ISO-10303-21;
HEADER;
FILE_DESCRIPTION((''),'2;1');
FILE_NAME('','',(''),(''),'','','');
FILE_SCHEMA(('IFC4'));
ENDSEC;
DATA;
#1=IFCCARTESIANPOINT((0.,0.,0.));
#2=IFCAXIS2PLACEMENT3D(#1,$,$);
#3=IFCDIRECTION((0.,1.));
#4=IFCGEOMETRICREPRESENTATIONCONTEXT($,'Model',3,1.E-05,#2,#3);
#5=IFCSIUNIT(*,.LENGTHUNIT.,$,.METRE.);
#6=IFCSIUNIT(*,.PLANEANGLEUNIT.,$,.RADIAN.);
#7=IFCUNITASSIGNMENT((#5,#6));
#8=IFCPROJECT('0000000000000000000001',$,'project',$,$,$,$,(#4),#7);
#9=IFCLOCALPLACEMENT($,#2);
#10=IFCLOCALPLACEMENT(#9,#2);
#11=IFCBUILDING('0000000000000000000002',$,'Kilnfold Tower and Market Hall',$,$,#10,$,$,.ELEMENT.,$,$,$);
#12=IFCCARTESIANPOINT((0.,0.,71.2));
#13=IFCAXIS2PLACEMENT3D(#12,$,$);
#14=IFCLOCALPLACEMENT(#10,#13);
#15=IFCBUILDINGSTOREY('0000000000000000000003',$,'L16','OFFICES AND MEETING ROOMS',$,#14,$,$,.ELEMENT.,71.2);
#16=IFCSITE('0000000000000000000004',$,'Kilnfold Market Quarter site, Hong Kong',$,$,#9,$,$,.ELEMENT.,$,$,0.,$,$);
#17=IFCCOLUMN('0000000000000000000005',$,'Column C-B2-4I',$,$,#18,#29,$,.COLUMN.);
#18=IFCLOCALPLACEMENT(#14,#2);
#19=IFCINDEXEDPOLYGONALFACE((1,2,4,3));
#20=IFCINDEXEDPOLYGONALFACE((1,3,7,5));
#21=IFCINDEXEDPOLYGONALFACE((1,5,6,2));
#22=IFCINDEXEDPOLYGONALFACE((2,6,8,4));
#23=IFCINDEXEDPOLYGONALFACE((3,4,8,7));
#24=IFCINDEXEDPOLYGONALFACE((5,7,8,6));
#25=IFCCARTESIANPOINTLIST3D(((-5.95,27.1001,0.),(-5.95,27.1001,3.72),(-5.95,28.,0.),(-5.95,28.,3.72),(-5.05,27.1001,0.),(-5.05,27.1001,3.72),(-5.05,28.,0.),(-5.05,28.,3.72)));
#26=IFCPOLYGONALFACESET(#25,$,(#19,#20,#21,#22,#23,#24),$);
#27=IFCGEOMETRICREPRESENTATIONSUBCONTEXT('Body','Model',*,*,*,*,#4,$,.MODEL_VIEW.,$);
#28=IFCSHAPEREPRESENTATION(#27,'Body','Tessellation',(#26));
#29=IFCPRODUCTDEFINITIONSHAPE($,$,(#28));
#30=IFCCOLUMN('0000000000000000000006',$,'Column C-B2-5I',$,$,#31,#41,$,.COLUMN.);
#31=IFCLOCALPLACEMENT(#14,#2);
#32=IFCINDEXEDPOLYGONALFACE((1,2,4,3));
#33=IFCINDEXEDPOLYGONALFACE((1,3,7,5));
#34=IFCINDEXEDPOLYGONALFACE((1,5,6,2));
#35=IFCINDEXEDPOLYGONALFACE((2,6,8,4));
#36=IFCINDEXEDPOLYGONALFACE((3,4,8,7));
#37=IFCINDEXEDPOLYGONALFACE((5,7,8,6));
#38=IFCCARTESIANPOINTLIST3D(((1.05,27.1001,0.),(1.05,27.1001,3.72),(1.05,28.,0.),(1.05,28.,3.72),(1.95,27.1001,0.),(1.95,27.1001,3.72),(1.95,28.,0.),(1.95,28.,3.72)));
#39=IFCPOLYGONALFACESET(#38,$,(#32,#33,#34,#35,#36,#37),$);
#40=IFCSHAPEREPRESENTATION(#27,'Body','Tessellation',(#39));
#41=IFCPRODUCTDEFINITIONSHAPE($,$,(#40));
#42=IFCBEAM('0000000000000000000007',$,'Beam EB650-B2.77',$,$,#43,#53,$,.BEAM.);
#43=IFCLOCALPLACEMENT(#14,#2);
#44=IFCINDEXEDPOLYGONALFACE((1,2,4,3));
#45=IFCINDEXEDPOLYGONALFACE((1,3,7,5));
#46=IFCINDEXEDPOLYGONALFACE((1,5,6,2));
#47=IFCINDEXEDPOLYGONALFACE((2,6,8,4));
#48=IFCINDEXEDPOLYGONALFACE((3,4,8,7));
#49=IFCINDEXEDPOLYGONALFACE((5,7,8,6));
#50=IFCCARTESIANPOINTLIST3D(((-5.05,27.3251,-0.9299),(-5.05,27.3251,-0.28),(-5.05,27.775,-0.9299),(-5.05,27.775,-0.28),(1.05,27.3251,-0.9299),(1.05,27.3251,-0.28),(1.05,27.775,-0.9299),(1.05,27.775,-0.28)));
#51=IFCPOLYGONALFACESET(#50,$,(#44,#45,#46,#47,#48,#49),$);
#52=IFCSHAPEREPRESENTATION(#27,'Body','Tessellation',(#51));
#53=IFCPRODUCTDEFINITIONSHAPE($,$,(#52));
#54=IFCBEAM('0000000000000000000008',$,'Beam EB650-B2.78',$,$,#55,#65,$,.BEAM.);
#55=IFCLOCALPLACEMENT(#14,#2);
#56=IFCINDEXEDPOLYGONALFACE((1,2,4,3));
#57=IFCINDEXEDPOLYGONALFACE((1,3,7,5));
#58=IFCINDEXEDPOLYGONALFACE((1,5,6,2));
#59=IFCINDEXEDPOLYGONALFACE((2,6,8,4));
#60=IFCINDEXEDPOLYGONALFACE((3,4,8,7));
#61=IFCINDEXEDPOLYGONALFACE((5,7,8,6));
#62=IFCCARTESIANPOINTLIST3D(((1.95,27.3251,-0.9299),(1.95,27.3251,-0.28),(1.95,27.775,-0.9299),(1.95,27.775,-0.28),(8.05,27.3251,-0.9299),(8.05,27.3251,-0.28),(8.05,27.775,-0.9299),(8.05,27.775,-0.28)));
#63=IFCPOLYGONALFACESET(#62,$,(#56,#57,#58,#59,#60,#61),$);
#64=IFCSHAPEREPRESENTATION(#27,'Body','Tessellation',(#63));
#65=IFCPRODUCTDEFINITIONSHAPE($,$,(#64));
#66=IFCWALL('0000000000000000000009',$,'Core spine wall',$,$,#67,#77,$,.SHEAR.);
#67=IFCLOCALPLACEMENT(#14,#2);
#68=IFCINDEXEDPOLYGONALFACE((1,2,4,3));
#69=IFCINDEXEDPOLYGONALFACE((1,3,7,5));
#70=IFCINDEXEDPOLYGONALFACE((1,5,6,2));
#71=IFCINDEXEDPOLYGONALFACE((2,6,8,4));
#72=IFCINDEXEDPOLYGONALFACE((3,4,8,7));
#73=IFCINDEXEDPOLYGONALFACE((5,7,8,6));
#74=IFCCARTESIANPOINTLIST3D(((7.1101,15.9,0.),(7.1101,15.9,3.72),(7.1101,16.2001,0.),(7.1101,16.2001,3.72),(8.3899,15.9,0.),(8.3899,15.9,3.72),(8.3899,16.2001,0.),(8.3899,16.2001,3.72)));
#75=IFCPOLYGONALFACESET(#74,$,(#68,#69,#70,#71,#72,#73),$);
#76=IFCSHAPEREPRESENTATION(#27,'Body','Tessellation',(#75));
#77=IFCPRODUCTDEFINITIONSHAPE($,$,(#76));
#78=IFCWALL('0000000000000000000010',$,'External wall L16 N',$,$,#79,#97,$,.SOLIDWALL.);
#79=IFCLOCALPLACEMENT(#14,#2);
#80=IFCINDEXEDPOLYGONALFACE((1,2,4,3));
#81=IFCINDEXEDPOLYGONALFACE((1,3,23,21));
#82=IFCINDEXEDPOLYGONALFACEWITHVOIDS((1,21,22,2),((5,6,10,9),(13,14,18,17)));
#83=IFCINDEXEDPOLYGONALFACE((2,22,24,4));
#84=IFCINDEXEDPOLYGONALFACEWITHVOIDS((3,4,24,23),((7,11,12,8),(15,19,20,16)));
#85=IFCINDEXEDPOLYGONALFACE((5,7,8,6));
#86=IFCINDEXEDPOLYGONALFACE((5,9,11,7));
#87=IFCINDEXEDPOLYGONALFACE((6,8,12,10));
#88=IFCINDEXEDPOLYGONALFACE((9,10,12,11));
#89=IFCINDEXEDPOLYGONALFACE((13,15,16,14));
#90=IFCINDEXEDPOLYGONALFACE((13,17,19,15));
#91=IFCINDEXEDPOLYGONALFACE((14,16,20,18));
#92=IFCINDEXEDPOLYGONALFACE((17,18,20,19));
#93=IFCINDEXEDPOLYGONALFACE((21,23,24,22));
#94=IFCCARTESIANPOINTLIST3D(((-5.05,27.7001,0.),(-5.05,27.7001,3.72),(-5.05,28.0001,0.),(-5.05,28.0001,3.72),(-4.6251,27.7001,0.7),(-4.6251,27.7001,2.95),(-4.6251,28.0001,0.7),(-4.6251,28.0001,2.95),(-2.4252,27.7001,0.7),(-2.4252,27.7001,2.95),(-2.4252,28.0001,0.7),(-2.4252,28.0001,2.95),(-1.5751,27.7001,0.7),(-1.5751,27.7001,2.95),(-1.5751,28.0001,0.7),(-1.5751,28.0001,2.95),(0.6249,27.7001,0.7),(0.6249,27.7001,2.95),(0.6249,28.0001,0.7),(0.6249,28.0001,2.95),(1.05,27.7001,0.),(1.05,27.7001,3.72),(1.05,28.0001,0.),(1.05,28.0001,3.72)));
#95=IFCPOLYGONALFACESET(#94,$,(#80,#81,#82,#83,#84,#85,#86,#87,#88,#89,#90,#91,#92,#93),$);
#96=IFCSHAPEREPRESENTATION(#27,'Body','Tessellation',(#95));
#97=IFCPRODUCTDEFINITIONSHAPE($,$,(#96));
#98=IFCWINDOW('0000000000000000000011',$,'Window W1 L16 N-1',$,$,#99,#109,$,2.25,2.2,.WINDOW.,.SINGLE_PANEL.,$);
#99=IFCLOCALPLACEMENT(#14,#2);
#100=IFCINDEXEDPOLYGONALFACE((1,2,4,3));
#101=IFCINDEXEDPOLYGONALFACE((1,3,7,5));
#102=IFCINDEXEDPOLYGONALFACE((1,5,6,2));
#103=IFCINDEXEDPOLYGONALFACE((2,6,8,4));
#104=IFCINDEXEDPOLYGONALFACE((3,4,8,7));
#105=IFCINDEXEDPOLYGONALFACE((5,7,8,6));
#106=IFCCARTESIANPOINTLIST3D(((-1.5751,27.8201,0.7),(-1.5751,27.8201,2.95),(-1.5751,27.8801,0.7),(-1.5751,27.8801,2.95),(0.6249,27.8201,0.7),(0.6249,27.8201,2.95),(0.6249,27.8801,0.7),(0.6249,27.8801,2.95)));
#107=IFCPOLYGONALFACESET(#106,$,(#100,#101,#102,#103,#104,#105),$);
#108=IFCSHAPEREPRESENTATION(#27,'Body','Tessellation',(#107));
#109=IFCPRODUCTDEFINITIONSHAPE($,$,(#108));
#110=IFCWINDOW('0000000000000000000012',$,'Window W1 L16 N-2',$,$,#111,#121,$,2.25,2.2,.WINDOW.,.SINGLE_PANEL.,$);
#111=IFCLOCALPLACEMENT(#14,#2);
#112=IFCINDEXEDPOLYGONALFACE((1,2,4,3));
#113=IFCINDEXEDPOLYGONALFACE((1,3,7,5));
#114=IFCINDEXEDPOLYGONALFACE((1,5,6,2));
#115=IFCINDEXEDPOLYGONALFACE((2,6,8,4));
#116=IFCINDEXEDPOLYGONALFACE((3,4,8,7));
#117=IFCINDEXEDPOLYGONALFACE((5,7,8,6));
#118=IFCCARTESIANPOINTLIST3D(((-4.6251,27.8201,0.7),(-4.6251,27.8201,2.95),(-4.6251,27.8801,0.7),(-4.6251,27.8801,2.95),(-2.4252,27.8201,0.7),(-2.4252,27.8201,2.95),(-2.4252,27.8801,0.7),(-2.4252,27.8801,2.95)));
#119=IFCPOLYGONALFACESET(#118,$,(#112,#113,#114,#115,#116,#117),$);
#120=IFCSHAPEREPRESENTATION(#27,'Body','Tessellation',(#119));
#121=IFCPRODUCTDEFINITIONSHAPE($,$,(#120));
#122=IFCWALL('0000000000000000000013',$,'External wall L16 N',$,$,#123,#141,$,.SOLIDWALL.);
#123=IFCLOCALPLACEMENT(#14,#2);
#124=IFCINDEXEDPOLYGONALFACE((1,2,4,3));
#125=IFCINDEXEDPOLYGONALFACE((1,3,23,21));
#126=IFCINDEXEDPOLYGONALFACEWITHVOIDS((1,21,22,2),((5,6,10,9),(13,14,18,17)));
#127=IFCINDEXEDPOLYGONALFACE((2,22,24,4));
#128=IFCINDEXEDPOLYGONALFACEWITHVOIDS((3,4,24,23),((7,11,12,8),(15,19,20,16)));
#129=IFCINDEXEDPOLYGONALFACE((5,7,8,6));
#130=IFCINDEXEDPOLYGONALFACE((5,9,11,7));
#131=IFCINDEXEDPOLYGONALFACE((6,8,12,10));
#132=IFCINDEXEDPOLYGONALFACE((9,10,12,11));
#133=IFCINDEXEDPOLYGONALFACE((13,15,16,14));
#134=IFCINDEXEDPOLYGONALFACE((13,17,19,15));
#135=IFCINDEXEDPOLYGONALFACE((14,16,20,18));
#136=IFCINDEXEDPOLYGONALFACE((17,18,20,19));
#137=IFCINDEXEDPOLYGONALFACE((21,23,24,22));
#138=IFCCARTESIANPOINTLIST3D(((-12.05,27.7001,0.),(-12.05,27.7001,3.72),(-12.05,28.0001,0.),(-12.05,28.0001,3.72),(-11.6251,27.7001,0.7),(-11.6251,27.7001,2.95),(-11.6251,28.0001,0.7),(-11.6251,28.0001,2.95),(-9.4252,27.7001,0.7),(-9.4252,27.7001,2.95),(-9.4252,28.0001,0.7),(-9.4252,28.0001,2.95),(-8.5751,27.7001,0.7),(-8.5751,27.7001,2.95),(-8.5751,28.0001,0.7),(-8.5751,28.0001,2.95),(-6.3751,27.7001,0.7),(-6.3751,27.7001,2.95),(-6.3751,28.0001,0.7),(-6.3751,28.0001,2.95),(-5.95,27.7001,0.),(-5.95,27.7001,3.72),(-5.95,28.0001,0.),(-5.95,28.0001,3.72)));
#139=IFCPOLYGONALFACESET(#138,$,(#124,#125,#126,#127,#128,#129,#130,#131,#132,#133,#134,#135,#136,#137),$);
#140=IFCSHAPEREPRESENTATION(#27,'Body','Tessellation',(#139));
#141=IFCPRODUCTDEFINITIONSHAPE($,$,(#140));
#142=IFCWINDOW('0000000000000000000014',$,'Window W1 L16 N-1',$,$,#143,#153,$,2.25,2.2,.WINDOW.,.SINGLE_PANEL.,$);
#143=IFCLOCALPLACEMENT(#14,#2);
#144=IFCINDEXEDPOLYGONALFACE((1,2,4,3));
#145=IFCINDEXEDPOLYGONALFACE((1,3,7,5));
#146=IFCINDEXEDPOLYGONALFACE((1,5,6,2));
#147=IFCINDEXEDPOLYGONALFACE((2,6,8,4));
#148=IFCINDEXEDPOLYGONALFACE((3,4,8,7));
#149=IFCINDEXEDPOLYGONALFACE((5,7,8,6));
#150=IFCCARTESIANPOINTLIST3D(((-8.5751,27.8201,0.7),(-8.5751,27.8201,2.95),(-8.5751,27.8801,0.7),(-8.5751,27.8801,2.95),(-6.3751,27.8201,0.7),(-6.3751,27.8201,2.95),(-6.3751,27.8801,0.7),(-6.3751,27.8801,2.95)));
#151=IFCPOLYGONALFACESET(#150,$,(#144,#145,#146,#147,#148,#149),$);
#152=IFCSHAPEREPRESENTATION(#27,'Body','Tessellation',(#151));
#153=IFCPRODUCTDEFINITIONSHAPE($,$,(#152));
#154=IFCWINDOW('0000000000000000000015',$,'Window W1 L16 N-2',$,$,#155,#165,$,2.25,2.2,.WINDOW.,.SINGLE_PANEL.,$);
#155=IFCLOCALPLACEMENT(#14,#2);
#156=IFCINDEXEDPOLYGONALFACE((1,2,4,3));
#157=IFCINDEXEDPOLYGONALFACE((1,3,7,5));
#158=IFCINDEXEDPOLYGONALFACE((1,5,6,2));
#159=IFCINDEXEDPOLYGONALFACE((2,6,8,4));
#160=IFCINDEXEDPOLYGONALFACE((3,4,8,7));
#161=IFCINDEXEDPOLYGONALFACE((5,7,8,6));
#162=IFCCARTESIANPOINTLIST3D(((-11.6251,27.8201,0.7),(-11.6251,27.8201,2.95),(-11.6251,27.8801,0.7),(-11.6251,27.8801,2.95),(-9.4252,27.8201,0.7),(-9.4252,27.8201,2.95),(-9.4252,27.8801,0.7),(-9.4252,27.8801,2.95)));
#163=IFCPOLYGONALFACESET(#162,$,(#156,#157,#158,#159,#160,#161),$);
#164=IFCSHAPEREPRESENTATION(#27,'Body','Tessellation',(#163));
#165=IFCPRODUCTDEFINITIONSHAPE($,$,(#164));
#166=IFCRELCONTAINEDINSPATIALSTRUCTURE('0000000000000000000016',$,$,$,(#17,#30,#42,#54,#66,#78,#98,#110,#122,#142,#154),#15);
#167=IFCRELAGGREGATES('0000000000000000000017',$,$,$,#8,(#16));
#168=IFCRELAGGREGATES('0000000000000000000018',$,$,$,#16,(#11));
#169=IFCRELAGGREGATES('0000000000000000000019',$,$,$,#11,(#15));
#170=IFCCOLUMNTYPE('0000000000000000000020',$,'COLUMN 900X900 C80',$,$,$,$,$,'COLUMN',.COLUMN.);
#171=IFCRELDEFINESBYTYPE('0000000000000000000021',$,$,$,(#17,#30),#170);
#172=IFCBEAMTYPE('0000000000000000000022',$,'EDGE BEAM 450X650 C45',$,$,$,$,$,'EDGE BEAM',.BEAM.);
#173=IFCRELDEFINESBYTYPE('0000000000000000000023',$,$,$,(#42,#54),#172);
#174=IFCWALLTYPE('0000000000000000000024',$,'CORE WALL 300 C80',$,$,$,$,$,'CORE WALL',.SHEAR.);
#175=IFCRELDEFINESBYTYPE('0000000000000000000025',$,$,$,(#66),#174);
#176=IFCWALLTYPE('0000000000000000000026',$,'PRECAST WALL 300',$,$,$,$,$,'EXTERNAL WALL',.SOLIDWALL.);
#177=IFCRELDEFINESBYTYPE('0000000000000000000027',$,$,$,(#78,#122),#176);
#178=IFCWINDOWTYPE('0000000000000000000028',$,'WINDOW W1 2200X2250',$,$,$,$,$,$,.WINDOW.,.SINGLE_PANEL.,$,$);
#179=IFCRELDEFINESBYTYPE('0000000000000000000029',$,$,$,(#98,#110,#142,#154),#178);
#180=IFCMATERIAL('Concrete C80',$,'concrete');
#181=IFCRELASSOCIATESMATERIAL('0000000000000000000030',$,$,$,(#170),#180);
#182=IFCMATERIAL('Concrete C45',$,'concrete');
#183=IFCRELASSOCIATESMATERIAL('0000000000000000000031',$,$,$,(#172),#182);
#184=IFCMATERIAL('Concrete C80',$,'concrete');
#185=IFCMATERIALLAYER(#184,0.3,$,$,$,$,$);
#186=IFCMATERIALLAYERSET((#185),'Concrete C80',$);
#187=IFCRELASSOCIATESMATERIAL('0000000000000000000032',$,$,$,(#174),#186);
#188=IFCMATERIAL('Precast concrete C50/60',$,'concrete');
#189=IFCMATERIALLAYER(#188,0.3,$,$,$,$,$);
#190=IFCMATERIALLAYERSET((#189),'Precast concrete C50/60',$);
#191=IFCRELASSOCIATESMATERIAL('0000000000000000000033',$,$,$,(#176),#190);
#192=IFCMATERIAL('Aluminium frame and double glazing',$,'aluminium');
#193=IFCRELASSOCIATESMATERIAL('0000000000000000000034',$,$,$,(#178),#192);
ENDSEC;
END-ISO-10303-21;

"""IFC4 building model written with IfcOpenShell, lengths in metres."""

from ifc_helpers import new_model, si_unit, direction, frame, frame_2d, origin, origin_2d, place, context, subcontext, project, spatial, rectangle, extrude, source, transform, mapped, material, layer, layer_set, material_profile, profile_set, type_object, element, fill, save


model = new_model("IFC4")

# Units and contexts
model_context = context("Model", 3, precision=1e-05, world=origin(), true_north=direction((0.0, 1.0)))
body_context = subcontext(model_context, "Body", "Model", "MODEL_VIEW")
ifc_project = project(units=[si_unit("LENGTHUNIT", "METRE"), si_unit("PLANEANGLEUNIT", "RADIAN")], contexts=[model_context])

# Site, building, storey
site_placement = place(None, origin())
site = spatial("IfcSite", under=ifc_project, at=site_placement, Name="Kilnfold Market Quarter site, Hong Kong", CompositionType="ELEMENT", RefElevation=0.0)
building_placement = place(site_placement, origin())
building = spatial("IfcBuilding", under=site, at=building_placement, Name="Kilnfold Tower and Market Hall", CompositionType="ELEMENT")
storey_placement = place(building_placement, frame((0.0, 0.0, 71.2)))
storey = spatial("IfcBuildingStorey", under=building, at=storey_placement, Name="L16", Description="OFFICES AND MEETING ROOMS", CompositionType="ELEMENT", Elevation=71.2)

# Columns
ifc_material_1 = material(Name="Concrete C80", Category="concrete")
ifc_material_profile_1 = material_profile(ifc_material_1, rectangle(XDim=0.8999, YDim=0.8999, at=origin_2d()), Name="RC 900x900")
ifc_profile_set_1 = profile_set([ifc_material_profile_1], Name="Concrete C80")
column_type = type_object("IfcColumnType", Name="COLUMN 900X900 C80", ElementType="COLUMN", PredefinedType="COLUMN", material=ifc_profile_set_1)
shared_shape_1 = source(origin(), body_context, "Body", "SweptSolid", [
    extrude(rectangle(XDim=0.8999, YDim=0.8999, at=origin_2d()), origin(), (0.0, 0.0, 1.0), 3.72),
])
for number, where, z_axis, x_axis, name in (
    (1, (-5.5, 27.55, 0.0), (0.0, 0.0, 1.0), (1.0, 0.0, 0.0), "Column C-B2-4I"),
    (2, (1.5, 27.55, 0.0), (0.0, 0.0, 1.0), (1.0, 0.0, 0.0), "Column C-B2-5I"),
):
    element("IfcColumn", number, at=place(storey_placement, frame(where, z_axis=z_axis, x_axis=x_axis)), inside=storey, type_object=column_type, Name=name, PredefinedType="COLUMN", context=body_context, shape_type="MappedRepresentation", body=[
        mapped(shared_shape_1, transform((0.0, 0.0, 0.0))),
    ])

# Beams
ifc_material_2 = material(Name="Concrete C45", Category="concrete")
ifc_material_profile_2 = material_profile(ifc_material_2, rectangle(XDim=0.45, YDim=0.6499, at=origin_2d()), Name="RC 450x650")
ifc_profile_set_2 = profile_set([ifc_material_profile_2], Name="Concrete C45")
beam_type = type_object("IfcBeamType", Name="EDGE BEAM 450X650 C45", ElementType="EDGE BEAM", PredefinedType="BEAM", material=ifc_profile_set_2)
shared_shape_2 = source(origin(), body_context, "Body", "SweptSolid", [
    extrude(rectangle(XDim=0.45, YDim=0.6499, at=origin_2d()), origin(), (0.0, 0.0, 1.0), 6.1001),
])
for number, where, z_axis, x_axis, name in (
    (3, (-5.05, 27.55, -0.605), (1.0, 0.0, 0.0), (0.0, 1.0, 0.0), "Beam EB650-B2.77"),
    (4, (1.95, 27.55, -0.605), (1.0, 0.0, 0.0), (0.0, 1.0, 0.0), "Beam EB650-B2.78"),
):
    element("IfcBeam", number, at=place(storey_placement, frame(where, z_axis=z_axis, x_axis=x_axis)), inside=storey, type_object=beam_type, Name=name, PredefinedType="BEAM", context=body_context, shape_type="MappedRepresentation", body=[
        mapped(shared_shape_2, transform((0.0, 0.0, 0.0))),
    ])

# Wall
ifc_material_3 = material(Name="Concrete C80", Category="concrete")
ifc_layer_1 = layer(ifc_material_3, 0.3)
ifc_layer_set_1 = layer_set([ifc_layer_1], Name="Concrete C80")
wall_type_1 = type_object("IfcWallType", Name="CORE WALL 300 C80", ElementType="CORE WALL", PredefinedType="SHEAR", material=ifc_layer_set_1)
shared_shape_3 = source(origin(), body_context, "Body", "SweptSolid", [
    extrude(rectangle(XDim=1.2798, YDim=0.3, at=frame_2d((0.6399, 0.0))), origin(), (0.0, 0.0, 1.0), 3.72),
])
wall_1_placement = place(storey_placement, frame((7.1101, 16.05, 0.0), z_axis=(0.0, 0.0, 1.0), x_axis=(1.0, 0.0, 0.0)))
element("IfcWall", 5, at=wall_1_placement, inside=storey, type_object=wall_type_1, Name="Core spine wall", PredefinedType="SHEAR", context=body_context, shape_type="MappedRepresentation", body=[
    mapped(shared_shape_3, transform((0.0, 0.0, 0.0))),
])

# Walls, openings, windows
ifc_material_4 = material(Name="Precast concrete C50/60", Category="concrete")
ifc_layer_2 = layer(ifc_material_4, 0.3)
ifc_layer_set_2 = layer_set([ifc_layer_2], Name="Precast concrete C50/60")
wall_type_2 = type_object("IfcWallType", Name="PRECAST WALL 300", ElementType="EXTERNAL WALL", PredefinedType="SOLIDWALL", material=ifc_layer_set_2)
shared_shape_4 = source(origin(), body_context, "Body", "SweptSolid", [
    extrude(rectangle(XDim=6.1001, YDim=0.3, at=frame_2d((3.05, 0.0))), origin(), (0.0, 0.0, 1.0), 3.72),
])
wall_2_placement = place(storey_placement, frame((1.05, 27.8501, 0.0), z_axis=(0.0, 0.0, 1.0), x_axis=(-1.0, 0.0, 0.0)))
wall_2 = element("IfcWall", 6, at=wall_2_placement, inside=storey, type_object=wall_type_2, Name="External wall L16 N", PredefinedType="SOLIDWALL", context=body_context, shape_type="MappedRepresentation", body=[
    mapped(shared_shape_4, transform((0.0, 0.0, 0.0))),
])
opening_1_placement = place(wall_2_placement, frame((0.425, 0.0, 0.7)))
opening_1 = element("IfcOpeningElement", 7, at=opening_1_placement, cuts=wall_2, PredefinedType="OPENING", context=body_context, shape_type="SweptSolid", body=[
    extrude(rectangle(XDim=2.2, YDim=2.25, at=frame_2d((1.1001, 1.125))), frame((0.0, 0.1602, 0.0), z_axis=(0.0, -1.0, 0.0), x_axis=(1.0, 0.0, 0.0)), (0.0, 0.0, 1.0), 0.3201),
])
opening_2_placement = place(wall_2_placement, frame((3.4751, 0.0, 0.7)))
opening_2 = element("IfcOpeningElement", 8, at=opening_2_placement, cuts=wall_2, PredefinedType="OPENING", context=body_context, shape_type="SweptSolid", body=[
    extrude(rectangle(XDim=2.2, YDim=2.25, at=frame_2d((1.1001, 1.125))), frame((0.0, 0.1602, 0.0), z_axis=(0.0, -1.0, 0.0), x_axis=(1.0, 0.0, 0.0)), (0.0, 0.0, 1.0), 0.3201),
])
ifc_material_5 = material(Name="Aluminium frame and double glazing", Category="aluminium")
window_type = type_object("IfcWindowType", Name="WINDOW W1 2200X2250", PartitioningType="SINGLE_PANEL", PredefinedType="WINDOW", material=ifc_material_5)
window_1_placement = place(opening_1_placement, origin())
window_1 = element("IfcWindow", 9, at=window_1_placement, inside=storey, type_object=window_type, Name="Window W1 L16 N-1", OverallHeight=2.25, OverallWidth=2.2, PartitioningType="SINGLE_PANEL", PredefinedType="WINDOW", context=body_context, shape_type="SweptSolid", body=[
    extrude(rectangle(XDim=2.2, YDim=2.25, at=frame_2d((1.1001, 1.125))), frame((0.0, 0.03, 0.0), z_axis=(0.0, -1.0, 0.0), x_axis=(1.0, 0.0, 0.0)), (0.0, 0.0, 1.0), 0.0601),
])
fill(opening_1, window_1)
window_2_placement = place(opening_2_placement, origin())
window_2 = element("IfcWindow", 10, at=window_2_placement, inside=storey, type_object=window_type, Name="Window W1 L16 N-2", OverallHeight=2.25, OverallWidth=2.2, PartitioningType="SINGLE_PANEL", PredefinedType="WINDOW", context=body_context, shape_type="SweptSolid", body=[
    extrude(rectangle(XDim=2.2, YDim=2.25, at=frame_2d((1.1001, 1.125))), frame((0.0, 0.03, 0.0), z_axis=(0.0, -1.0, 0.0), x_axis=(1.0, 0.0, 0.0)), (0.0, 0.0, 1.0), 0.0601),
])
fill(opening_2, window_2)
wall_3_placement = place(storey_placement, frame((-5.95, 27.8501, 0.0), z_axis=(0.0, 0.0, 1.0), x_axis=(-1.0, 0.0, 0.0)))
wall_3 = element("IfcWall", 11, at=wall_3_placement, inside=storey, type_object=wall_type_2, Name="External wall L16 N", PredefinedType="SOLIDWALL", context=body_context, shape_type="MappedRepresentation", body=[
    mapped(shared_shape_4, transform((0.0, 0.0, 0.0))),
])
opening_3_placement = place(wall_3_placement, frame((0.425, 0.0, 0.7)))
opening_3 = element("IfcOpeningElement", 12, at=opening_3_placement, cuts=wall_3, PredefinedType="OPENING", context=body_context, shape_type="SweptSolid", body=[
    extrude(rectangle(XDim=2.2, YDim=2.25, at=frame_2d((1.1001, 1.125))), frame((0.0, 0.1602, 0.0), z_axis=(0.0, -1.0, 0.0), x_axis=(1.0, 0.0, 0.0)), (0.0, 0.0, 1.0), 0.3201),
])
opening_4_placement = place(wall_3_placement, frame((3.4751, 0.0, 0.7)))
opening_4 = element("IfcOpeningElement", 13, at=opening_4_placement, cuts=wall_3, PredefinedType="OPENING", context=body_context, shape_type="SweptSolid", body=[
    extrude(rectangle(XDim=2.2, YDim=2.25, at=frame_2d((1.1001, 1.125))), frame((0.0, 0.1602, 0.0), z_axis=(0.0, -1.0, 0.0), x_axis=(1.0, 0.0, 0.0)), (0.0, 0.0, 1.0), 0.3201),
])
window_3_placement = place(opening_3_placement, origin())
window_3 = element("IfcWindow", 14, at=window_3_placement, inside=storey, type_object=window_type, Name="Window W1 L16 N-1", OverallHeight=2.25, OverallWidth=2.2, PartitioningType="SINGLE_PANEL", PredefinedType="WINDOW", context=body_context, shape_type="SweptSolid", body=[
    extrude(rectangle(XDim=2.2, YDim=2.25, at=frame_2d((1.1001, 1.125))), frame((0.0, 0.03, 0.0), z_axis=(0.0, -1.0, 0.0), x_axis=(1.0, 0.0, 0.0)), (0.0, 0.0, 1.0), 0.0601),
])
fill(opening_3, window_3)
window_4_placement = place(opening_4_placement, origin())
window_4 = element("IfcWindow", 15, at=window_4_placement, inside=storey, type_object=window_type, Name="Window W1 L16 N-2", OverallHeight=2.25, OverallWidth=2.2, PartitioningType="SINGLE_PANEL", PredefinedType="WINDOW", context=body_context, shape_type="SweptSolid", body=[
    extrude(rectangle(XDim=2.2, YDim=2.25, at=frame_2d((1.1001, 1.125))), frame((0.0, 0.03, 0.0), z_axis=(0.0, -1.0, 0.0), x_axis=(1.0, 0.0, 0.0)), (0.0, 0.0, 1.0), 0.0601),
])
fill(opening_4, window_4)

save(model, "model.ifc")
